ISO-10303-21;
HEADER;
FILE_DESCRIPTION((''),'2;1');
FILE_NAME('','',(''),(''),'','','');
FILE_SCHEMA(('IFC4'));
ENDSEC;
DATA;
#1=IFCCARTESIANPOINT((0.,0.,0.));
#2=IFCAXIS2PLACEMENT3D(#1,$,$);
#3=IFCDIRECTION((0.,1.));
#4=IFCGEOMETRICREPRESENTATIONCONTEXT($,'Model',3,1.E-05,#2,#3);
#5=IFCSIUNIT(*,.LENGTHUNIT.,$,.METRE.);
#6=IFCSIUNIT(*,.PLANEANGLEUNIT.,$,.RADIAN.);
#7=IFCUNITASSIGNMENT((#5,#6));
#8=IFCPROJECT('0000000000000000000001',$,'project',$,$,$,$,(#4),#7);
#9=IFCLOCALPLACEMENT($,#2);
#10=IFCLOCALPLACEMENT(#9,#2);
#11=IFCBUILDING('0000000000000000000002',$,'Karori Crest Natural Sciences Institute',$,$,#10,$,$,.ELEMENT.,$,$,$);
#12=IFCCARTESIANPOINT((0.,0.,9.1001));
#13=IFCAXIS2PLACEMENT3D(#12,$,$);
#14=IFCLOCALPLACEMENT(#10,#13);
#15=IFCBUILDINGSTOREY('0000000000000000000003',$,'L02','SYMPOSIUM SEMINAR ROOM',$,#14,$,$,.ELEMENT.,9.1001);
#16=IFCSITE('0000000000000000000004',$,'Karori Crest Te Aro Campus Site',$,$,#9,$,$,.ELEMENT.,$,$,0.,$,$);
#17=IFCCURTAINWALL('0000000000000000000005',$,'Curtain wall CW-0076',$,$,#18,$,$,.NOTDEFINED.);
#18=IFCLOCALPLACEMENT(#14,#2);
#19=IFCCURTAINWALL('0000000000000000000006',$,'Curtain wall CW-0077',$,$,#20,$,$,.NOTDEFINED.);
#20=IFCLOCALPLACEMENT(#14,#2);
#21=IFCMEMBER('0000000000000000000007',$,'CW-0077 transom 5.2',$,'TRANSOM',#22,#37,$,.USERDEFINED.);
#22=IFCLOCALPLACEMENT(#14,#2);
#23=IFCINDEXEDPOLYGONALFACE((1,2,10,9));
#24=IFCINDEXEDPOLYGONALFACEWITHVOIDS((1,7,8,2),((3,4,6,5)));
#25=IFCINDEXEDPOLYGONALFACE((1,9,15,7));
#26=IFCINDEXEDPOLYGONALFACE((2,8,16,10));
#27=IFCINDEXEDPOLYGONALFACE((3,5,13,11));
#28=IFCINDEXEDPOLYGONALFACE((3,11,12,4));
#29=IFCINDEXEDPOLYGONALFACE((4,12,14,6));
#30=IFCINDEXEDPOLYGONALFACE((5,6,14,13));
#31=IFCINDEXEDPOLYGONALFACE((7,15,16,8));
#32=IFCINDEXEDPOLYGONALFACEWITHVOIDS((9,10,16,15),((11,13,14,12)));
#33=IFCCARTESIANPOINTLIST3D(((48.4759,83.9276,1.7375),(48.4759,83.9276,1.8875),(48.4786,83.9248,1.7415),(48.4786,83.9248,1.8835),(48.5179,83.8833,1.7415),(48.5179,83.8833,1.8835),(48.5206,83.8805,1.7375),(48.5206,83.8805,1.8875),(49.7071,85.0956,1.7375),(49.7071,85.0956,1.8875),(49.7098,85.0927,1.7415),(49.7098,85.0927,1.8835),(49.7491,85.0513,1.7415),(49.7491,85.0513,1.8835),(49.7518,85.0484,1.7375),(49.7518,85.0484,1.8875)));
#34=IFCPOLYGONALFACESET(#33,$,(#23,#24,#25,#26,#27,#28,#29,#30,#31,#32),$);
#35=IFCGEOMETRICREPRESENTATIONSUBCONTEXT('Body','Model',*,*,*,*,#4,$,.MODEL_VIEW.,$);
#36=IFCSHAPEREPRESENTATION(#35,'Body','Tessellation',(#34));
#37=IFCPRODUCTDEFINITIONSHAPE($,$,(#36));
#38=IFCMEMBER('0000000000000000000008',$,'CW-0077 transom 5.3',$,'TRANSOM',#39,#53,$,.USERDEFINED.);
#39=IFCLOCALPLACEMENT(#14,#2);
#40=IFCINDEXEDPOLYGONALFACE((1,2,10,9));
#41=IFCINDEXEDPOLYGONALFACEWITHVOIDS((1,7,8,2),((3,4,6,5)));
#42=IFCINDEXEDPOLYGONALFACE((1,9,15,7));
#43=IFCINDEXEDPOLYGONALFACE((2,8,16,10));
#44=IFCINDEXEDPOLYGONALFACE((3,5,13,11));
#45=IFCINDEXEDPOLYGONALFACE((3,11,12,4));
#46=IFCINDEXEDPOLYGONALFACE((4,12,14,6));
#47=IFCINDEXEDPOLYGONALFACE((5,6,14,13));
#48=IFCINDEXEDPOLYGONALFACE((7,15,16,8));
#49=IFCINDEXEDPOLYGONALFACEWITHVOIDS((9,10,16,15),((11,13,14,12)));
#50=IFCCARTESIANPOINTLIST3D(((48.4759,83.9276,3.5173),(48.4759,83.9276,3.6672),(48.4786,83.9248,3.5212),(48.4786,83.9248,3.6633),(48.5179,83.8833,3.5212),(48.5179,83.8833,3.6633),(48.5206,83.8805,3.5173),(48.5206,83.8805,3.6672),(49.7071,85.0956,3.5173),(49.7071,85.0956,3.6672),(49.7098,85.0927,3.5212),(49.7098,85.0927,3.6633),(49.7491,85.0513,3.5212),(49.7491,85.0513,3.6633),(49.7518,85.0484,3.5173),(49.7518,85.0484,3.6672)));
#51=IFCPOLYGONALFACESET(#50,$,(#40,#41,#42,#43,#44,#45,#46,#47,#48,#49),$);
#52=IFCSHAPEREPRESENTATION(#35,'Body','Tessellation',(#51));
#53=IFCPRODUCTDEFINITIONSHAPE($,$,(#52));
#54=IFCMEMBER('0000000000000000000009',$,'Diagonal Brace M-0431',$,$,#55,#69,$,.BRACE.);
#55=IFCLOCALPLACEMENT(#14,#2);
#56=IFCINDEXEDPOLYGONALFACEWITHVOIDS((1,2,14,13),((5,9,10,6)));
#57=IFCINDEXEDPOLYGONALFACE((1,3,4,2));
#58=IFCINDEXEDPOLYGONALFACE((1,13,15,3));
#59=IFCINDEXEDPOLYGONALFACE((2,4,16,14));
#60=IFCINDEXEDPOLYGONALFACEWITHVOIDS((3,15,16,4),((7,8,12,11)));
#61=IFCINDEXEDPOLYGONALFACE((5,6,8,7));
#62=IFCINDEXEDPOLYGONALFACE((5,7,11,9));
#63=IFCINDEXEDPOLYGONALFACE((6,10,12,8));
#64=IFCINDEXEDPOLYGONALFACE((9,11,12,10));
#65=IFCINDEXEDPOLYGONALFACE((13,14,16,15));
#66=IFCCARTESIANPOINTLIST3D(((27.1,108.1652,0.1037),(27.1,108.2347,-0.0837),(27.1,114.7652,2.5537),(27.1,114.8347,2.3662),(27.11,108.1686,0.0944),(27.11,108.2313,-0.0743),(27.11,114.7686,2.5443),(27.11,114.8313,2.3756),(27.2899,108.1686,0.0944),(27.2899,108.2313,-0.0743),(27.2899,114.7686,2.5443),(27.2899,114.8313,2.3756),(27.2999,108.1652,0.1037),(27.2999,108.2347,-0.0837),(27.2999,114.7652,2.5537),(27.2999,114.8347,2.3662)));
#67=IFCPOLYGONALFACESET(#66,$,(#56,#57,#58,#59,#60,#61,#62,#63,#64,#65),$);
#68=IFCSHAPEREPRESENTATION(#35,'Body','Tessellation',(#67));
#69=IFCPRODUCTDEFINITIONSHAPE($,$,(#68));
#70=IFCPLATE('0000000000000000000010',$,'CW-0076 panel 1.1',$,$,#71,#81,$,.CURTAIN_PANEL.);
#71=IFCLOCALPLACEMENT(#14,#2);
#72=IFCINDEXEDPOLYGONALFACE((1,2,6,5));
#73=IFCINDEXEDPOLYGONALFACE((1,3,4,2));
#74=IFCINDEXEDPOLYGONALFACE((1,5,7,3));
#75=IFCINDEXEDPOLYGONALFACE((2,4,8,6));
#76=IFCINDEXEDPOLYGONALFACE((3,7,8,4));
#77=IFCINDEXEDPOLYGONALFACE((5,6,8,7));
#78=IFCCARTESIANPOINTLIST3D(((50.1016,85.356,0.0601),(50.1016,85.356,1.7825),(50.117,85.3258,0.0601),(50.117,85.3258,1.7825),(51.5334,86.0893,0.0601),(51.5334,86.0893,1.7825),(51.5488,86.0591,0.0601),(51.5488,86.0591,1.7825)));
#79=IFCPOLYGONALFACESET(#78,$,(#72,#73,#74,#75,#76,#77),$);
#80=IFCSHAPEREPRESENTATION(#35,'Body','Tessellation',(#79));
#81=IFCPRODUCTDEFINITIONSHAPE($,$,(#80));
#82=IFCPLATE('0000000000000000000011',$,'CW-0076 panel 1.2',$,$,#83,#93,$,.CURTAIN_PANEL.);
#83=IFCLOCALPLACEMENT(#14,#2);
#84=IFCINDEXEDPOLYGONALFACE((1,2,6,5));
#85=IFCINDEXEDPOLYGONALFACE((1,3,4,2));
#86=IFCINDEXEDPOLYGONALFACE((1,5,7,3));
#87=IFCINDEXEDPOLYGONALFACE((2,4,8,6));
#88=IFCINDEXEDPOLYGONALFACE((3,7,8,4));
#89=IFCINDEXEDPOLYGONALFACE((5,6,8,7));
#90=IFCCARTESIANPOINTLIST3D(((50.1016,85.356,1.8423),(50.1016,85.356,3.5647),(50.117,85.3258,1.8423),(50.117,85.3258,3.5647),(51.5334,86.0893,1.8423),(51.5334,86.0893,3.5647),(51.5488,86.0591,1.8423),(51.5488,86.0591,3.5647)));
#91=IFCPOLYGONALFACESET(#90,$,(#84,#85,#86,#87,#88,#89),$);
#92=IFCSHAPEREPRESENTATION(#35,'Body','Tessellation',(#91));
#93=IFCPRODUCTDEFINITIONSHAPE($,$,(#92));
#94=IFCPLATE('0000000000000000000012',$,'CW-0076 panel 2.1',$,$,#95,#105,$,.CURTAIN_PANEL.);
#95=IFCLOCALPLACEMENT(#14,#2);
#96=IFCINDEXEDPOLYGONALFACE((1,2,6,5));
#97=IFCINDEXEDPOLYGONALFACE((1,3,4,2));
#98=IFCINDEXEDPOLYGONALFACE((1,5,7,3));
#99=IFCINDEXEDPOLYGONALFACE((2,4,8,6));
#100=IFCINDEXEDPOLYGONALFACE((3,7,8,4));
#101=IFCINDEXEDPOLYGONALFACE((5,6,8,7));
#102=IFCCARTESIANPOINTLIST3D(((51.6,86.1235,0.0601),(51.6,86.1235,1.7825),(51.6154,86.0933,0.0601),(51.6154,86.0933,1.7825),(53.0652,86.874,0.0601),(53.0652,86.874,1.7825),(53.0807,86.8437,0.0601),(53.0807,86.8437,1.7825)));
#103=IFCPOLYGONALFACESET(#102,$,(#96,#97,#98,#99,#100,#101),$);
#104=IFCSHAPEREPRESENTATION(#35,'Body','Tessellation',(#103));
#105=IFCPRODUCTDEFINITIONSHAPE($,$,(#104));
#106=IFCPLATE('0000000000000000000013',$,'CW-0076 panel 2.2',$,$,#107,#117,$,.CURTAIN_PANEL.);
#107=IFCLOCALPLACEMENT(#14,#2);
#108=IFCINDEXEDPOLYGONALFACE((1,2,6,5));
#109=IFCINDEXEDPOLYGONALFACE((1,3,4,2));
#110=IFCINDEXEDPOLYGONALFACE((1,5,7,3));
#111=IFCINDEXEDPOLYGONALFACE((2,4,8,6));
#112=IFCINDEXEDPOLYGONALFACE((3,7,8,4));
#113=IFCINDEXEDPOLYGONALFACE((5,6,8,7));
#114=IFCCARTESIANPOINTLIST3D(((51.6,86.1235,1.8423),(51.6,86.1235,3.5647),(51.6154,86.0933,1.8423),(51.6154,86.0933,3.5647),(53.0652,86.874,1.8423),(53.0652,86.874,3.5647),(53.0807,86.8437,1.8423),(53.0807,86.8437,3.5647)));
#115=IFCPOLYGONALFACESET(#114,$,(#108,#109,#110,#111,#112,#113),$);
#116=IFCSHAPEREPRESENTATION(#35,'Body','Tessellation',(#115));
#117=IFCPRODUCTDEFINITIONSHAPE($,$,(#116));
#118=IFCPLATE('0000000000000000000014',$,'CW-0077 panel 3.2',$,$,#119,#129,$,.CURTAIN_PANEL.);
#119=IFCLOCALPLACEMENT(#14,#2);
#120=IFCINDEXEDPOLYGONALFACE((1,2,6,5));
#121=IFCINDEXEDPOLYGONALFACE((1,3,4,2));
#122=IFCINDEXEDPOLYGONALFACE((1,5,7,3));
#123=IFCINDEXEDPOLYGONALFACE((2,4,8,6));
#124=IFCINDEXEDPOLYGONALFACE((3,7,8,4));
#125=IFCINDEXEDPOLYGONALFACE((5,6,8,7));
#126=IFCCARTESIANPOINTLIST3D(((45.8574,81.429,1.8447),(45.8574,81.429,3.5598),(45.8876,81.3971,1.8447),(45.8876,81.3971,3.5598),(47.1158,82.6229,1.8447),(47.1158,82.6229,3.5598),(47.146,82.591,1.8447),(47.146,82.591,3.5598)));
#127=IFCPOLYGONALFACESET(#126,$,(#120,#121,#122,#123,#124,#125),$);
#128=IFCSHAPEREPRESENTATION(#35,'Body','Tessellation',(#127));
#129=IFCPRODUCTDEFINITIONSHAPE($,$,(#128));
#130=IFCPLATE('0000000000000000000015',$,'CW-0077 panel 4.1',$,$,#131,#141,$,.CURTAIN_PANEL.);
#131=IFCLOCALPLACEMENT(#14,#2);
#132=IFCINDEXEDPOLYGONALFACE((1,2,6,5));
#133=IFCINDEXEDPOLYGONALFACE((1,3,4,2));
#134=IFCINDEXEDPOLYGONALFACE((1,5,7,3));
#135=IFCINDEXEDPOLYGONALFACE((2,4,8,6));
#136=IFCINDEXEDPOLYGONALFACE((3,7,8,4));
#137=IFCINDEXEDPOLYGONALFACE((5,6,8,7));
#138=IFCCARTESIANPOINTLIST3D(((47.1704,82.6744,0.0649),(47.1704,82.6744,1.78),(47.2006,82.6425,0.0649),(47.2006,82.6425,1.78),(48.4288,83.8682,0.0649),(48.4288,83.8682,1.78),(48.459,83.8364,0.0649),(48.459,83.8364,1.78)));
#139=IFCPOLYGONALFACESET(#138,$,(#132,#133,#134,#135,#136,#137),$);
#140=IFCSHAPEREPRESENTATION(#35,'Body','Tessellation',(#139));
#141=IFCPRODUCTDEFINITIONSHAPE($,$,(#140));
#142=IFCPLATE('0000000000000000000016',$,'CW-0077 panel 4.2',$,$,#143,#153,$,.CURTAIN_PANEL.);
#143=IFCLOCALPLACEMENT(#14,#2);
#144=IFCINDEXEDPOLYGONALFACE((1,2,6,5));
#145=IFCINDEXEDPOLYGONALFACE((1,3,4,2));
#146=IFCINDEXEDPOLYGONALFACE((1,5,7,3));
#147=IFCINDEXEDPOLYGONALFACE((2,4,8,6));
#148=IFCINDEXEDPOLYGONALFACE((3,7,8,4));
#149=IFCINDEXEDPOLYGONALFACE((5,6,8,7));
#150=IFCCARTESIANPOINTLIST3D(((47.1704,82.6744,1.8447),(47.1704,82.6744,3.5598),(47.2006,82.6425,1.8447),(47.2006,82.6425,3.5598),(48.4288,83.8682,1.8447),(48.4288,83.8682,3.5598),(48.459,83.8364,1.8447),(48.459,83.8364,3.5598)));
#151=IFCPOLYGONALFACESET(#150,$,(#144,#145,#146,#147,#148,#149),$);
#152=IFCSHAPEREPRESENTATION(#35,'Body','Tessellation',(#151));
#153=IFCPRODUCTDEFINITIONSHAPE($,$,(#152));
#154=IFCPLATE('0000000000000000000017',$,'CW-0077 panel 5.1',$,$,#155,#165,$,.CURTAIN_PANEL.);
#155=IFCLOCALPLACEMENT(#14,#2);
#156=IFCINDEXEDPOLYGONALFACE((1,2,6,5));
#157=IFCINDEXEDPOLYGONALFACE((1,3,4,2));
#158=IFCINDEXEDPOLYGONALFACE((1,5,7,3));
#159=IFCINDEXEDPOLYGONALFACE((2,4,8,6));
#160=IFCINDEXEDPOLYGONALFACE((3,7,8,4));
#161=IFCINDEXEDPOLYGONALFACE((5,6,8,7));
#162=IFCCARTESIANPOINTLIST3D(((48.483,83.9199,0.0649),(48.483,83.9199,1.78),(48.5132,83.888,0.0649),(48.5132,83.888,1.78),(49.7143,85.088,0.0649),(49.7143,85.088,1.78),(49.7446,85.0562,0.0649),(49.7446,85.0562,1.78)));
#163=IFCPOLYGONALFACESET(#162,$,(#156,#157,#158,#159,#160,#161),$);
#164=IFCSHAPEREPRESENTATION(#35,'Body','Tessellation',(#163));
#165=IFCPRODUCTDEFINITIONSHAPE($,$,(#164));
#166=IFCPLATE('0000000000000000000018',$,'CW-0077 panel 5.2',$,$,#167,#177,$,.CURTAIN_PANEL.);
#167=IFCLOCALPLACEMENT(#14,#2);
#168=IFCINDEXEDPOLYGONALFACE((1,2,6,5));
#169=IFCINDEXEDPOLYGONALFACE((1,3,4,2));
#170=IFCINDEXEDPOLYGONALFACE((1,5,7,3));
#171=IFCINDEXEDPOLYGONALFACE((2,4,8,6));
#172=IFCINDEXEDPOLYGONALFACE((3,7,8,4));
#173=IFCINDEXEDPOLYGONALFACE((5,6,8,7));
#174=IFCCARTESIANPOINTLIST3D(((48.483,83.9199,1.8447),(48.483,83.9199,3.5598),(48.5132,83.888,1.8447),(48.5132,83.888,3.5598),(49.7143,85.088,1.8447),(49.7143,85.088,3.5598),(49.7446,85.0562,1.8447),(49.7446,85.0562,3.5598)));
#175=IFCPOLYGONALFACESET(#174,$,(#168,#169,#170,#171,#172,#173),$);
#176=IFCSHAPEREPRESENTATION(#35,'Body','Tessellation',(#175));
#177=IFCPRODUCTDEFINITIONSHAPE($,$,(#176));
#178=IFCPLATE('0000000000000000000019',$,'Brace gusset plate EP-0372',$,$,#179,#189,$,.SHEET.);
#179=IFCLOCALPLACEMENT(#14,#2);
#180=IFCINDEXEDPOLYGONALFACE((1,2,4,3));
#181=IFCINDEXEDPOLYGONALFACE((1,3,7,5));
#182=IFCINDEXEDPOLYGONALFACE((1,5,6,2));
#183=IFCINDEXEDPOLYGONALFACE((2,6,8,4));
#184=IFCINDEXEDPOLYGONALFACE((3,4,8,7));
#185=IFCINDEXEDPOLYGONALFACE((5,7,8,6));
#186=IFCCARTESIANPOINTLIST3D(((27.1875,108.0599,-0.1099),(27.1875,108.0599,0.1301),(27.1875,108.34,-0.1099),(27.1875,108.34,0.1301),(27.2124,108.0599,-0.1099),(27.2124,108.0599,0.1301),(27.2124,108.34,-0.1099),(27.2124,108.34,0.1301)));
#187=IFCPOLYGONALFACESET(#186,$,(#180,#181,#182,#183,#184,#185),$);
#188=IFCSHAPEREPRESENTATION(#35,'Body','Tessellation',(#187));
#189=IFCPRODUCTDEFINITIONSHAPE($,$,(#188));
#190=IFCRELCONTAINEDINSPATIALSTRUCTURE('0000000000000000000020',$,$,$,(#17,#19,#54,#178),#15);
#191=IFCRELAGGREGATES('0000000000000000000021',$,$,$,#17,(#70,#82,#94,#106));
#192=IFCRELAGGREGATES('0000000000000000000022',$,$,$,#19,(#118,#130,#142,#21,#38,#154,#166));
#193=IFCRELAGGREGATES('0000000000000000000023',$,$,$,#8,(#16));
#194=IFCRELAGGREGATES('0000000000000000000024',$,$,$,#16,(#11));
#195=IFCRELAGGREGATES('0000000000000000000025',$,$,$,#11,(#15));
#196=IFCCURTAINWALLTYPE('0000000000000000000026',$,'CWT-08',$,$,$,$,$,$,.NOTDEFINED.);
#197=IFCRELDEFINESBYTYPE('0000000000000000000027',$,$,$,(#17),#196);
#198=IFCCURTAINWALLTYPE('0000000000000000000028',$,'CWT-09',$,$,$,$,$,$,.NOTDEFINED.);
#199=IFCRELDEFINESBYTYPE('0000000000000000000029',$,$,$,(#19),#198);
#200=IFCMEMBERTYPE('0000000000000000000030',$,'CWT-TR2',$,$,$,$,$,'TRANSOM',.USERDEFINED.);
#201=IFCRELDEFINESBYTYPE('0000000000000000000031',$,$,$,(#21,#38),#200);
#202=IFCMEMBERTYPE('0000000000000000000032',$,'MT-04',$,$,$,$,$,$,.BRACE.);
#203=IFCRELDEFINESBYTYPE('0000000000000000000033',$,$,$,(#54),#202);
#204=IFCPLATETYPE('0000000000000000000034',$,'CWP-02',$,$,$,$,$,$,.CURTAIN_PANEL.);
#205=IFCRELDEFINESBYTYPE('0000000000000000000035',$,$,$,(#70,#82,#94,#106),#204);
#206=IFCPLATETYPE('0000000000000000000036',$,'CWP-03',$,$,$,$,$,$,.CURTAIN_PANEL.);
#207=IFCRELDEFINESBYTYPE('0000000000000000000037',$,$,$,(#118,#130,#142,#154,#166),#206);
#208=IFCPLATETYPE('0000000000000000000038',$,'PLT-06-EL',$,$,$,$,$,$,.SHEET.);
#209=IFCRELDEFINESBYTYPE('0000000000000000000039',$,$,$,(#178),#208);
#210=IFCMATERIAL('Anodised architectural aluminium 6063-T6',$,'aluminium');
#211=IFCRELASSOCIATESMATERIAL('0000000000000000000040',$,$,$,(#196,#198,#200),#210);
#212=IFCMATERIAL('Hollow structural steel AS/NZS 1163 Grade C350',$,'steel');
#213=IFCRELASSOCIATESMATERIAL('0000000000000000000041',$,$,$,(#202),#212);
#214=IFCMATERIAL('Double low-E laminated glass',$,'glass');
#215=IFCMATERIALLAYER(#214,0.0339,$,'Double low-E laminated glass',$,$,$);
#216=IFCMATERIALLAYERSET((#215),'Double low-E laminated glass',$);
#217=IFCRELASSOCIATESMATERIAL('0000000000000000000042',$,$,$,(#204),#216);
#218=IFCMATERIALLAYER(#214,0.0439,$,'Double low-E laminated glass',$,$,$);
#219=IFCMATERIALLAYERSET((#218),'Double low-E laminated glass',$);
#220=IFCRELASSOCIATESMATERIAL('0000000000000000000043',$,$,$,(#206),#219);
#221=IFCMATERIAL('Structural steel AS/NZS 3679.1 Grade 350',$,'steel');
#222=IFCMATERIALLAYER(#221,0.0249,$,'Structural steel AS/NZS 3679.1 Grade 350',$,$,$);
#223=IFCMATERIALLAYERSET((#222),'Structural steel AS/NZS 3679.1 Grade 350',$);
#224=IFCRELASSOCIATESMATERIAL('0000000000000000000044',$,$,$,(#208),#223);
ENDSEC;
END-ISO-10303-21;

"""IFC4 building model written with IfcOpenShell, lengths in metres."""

from ifc_helpers import new_model, si_unit, direction, frame, origin, origin_2d, place, context, subcontext, project, spatial, rectangle, hollow_rectangle, extrude, material, layer, layer_set, material_profile, profile_set, type_object, element, aggregate, save


model = new_model("IFC4")

# Units and contexts
model_context = context("Model", 3, precision=1e-05, world=origin(), true_north=direction((0.0, 1.0)))
body_context = subcontext(model_context, "Body", "Model", "MODEL_VIEW")
ifc_project = project(units=[si_unit("LENGTHUNIT", "METRE"), si_unit("PLANEANGLEUNIT", "RADIAN")], contexts=[model_context])

# Site, building, storey
site_placement = place(None, origin())
site = spatial("IfcSite", under=ifc_project, at=site_placement, Name="Karori Crest Te Aro Campus Site", CompositionType="ELEMENT", RefElevation=0.0)
building_placement = place(site_placement, origin())
building = spatial("IfcBuilding", under=site, at=building_placement, Name="Karori Crest Natural Sciences Institute", CompositionType="ELEMENT")
storey_placement = place(building_placement, frame((0.0, 0.0, 9.1001)))
storey = spatial("IfcBuildingStorey", under=building, at=storey_placement, Name="L02", Description="SYMPOSIUM SEMINAR ROOM", CompositionType="ELEMENT", Elevation=9.1001)

# Shared definitions
ifc_material_1 = material(Name="Hollow structural steel AS/NZS 1163 Grade C350", Category="steel")

# Curtain walls
ifc_material_2 = material(Name="Anodised architectural aluminium 6063-T6", Category="aluminium")
curtain_wall_type_1 = type_object("IfcCurtainWallType", Name="CWT-08", PredefinedType="NOTDEFINED", material=ifc_material_2)
curtain_wall_1_placement = place(storey_placement, origin())
curtain_wall_1 = element("IfcCurtainWall", 1, at=curtain_wall_1_placement, inside=storey, type_object=curtain_wall_type_1, Name="Curtain wall CW-0076", PredefinedType="NOTDEFINED")
curtain_wall_type_2 = type_object("IfcCurtainWallType", Name="CWT-09", PredefinedType="NOTDEFINED", material=ifc_material_2)
curtain_wall_2_placement = place(storey_placement, origin())
curtain_wall_2 = element("IfcCurtainWall", 2, at=curtain_wall_2_placement, inside=storey, type_object=curtain_wall_type_2, Name="Curtain wall CW-0077", PredefinedType="NOTDEFINED")

# Members
ifc_material_profile_1 = material_profile(ifc_material_2, hollow_rectangle(XDim=0.0649, YDim=0.1499, WallThickness=0.0039, at=origin_2d()), Name="CWT150x65x4")
ifc_profile_set_1 = profile_set([ifc_material_profile_1], Name="Anodised architectural aluminium 6063-T6")
member_type_1 = type_object("IfcMemberType", Name="CWT-TR2", ElementType="TRANSOM", PredefinedType="USERDEFINED", material=ifc_profile_set_1)
member_1_placement = place(storey_placement, frame((48.4983, 83.9041, 1.8125), z_axis=(0.725491, 0.688231, 0.0), x_axis=(-0.688231, 0.725491, 0.0)))
member_1 = element("IfcMember", 3, at=member_1_placement, type_object=member_type_1, Name="CW-0077 transom 5.2", ObjectType="TRANSOM", PredefinedType="USERDEFINED", context=body_context, shape_type="SweptSolid", body=[
    extrude(hollow_rectangle(XDim=0.0649, YDim=0.1499, WallThickness=0.0039, at=origin_2d()), origin(), (0.0, 0.0, 1.0), 1.697),
])
member_2_placement = place(storey_placement, frame((48.4983, 83.9041, 3.5923), z_axis=(0.725491, 0.688231, 0.0), x_axis=(-0.688231, 0.725491, 0.0)))
member_2 = element("IfcMember", 4, at=member_2_placement, type_object=member_type_1, Name="CW-0077 transom 5.3", ObjectType="TRANSOM", PredefinedType="USERDEFINED", context=body_context, shape_type="SweptSolid", body=[
    extrude(hollow_rectangle(XDim=0.0649, YDim=0.1499, WallThickness=0.0039, at=origin_2d()), origin(), (0.0, 0.0, 1.0), 1.697),
])
ifc_material_profile_2 = material_profile(ifc_material_1, hollow_rectangle(XDim=0.2, YDim=0.2, WallThickness=0.01, at=origin_2d()), Name="SHS200x200x10")
ifc_profile_set_2 = profile_set([ifc_material_profile_2], Name="Hollow structural steel AS/NZS 1163 Grade C350")
member_type_2 = type_object("IfcMemberType", Name="MT-04", PredefinedType="BRACE", material=ifc_profile_set_2)
member_3_placement = place(storey_placement, frame((27.2, 108.2, 0.01), z_axis=(0.0, 0.937495, 0.347998), x_axis=(-1.0, 0.0, 0.0)))
element("IfcMember", 5, at=member_3_placement, inside=storey, type_object=member_type_2, Name="Diagonal Brace M-0431", PredefinedType="BRACE", context=body_context, shape_type="SweptSolid", body=[
    extrude(hollow_rectangle(XDim=0.2, YDim=0.2, WallThickness=0.01, at=origin_2d()), origin(), (0.0, 0.0, 1.0), 7.04),
])

# Plates
ifc_material_3 = material(Name="Double low-E laminated glass", Category="glass")
ifc_layer_1 = layer(ifc_material_3, 0.0339, Name="Double low-E laminated glass")
ifc_layer_set_1 = layer_set([ifc_layer_1], Name="Double low-E laminated glass")
plate_type_1 = type_object("IfcPlateType", Name="CWP-02", PredefinedType="CURTAIN_PANEL", material=ifc_layer_set_1)
plate_1_placement = place(storey_placement, frame((50.8252, 85.7075, 0.0601), z_axis=(0.0, 0.0, 1.0), x_axis=(0.890065, 0.455833, 0.0)))
plate_1 = element("IfcPlate", 6, at=plate_1_placement, type_object=plate_type_1, Name="CW-0076 panel 1.1", PredefinedType="CURTAIN_PANEL", context=body_context, shape_type="SweptSolid", body=[
    extrude(rectangle(XDim=1.6086, YDim=0.0339, at=origin_2d()), origin(), (0.0, 0.0, 1.0), 1.7224),
])
plate_2_placement = place(storey_placement, frame((50.8252, 85.7075, 1.8423), z_axis=(0.0, 0.0, 1.0), x_axis=(0.890065, 0.455833, 0.0)))
plate_2 = element("IfcPlate", 7, at=plate_2_placement, type_object=plate_type_1, Name="CW-0076 panel 1.2", PredefinedType="CURTAIN_PANEL", context=body_context, shape_type="SweptSolid", body=[
    extrude(rectangle(XDim=1.6086, YDim=0.0339, at=origin_2d()), origin(), (0.0, 0.0, 1.0), 1.7224),
])
plate_3_placement = place(storey_placement, frame((52.3403, 86.4836, 0.0601), z_axis=(0.0, 0.0, 1.0), x_axis=(0.890065, 0.455833, 0.0)))
plate_3 = element("IfcPlate", 8, at=plate_3_placement, type_object=plate_type_1, Name="CW-0076 panel 2.1", PredefinedType="CURTAIN_PANEL", context=body_context, shape_type="SweptSolid", body=[
    extrude(rectangle(XDim=1.6462, YDim=0.0339, at=origin_2d()), origin(), (0.0, 0.0, 1.0), 1.7224),
])
plate_4_placement = place(storey_placement, frame((52.3403, 86.4836, 1.8423), z_axis=(0.0, 0.0, 1.0), x_axis=(0.890065, 0.455833, 0.0)))
plate_4 = element("IfcPlate", 9, at=plate_4_placement, type_object=plate_type_1, Name="CW-0076 panel 2.2", PredefinedType="CURTAIN_PANEL", context=body_context, shape_type="SweptSolid", body=[
    extrude(rectangle(XDim=1.6462, YDim=0.0339, at=origin_2d()), origin(), (0.0, 0.0, 1.0), 1.7224),
])
aggregate(curtain_wall_1, [plate_1, plate_2, plate_3, plate_4])
ifc_layer_2 = layer(ifc_material_3, 0.0439, Name="Double low-E laminated glass")
ifc_layer_set_2 = layer_set([ifc_layer_2], Name="Double low-E laminated glass")
plate_type_2 = type_object("IfcPlateType", Name="CWP-03", PredefinedType="CURTAIN_PANEL", material=ifc_layer_set_2)
plate_5_placement = place(storey_placement, frame((46.5017, 82.01, 1.8447), z_axis=(0.0, 0.0, 1.0), x_axis=(0.725473, 0.688251, 0.0)))
plate_5 = element("IfcPlate", 10, at=plate_5_placement, type_object=plate_type_2, Name="CW-0077 panel 3.2", PredefinedType="CURTAIN_PANEL", context=body_context, shape_type="SweptSolid", body=[
    extrude(rectangle(XDim=1.7346, YDim=0.0439, at=origin_2d()), origin(), (0.0, 0.0, 1.0), 1.7151),
])
plate_6_placement = place(storey_placement, frame((47.8147, 83.2554, 0.0649), z_axis=(0.0, 0.0, 1.0), x_axis=(0.725473, 0.688251, 0.0)))
plate_6 = element("IfcPlate", 11, at=plate_6_placement, type_object=plate_type_2, Name="CW-0077 panel 4.1", PredefinedType="CURTAIN_PANEL", context=body_context, shape_type="SweptSolid", body=[
    extrude(rectangle(XDim=1.7346, YDim=0.0439, at=origin_2d()), origin(), (0.0, 0.0, 1.0), 1.7151),
])
plate_7_placement = place(storey_placement, frame((47.8147, 83.2554, 1.8447), z_axis=(0.0, 0.0, 1.0), x_axis=(0.725473, 0.688251, 0.0)))
plate_7 = element("IfcPlate", 12, at=plate_7_placement, type_object=plate_type_2, Name="CW-0077 panel 4.2", PredefinedType="CURTAIN_PANEL", context=body_context, shape_type="SweptSolid", body=[
    extrude(rectangle(XDim=1.7346, YDim=0.0439, at=origin_2d()), origin(), (0.0, 0.0, 1.0), 1.7151),
])
plate_8_placement = place(storey_placement, frame((49.1138, 84.488, 0.0649), z_axis=(0.0, 0.0, 1.0), x_axis=(0.725473, 0.688251, 0.0)))
plate_8 = element("IfcPlate", 13, at=plate_8_placement, type_object=plate_type_2, Name="CW-0077 panel 5.1", PredefinedType="CURTAIN_PANEL", context=body_context, shape_type="SweptSolid", body=[
    extrude(rectangle(XDim=1.6973, YDim=0.0439, at=origin_2d()), origin(), (0.0, 0.0, 1.0), 1.7151),
])
plate_9_placement = place(storey_placement, frame((49.1138, 84.488, 1.8447), z_axis=(0.0, 0.0, 1.0), x_axis=(0.725473, 0.688251, 0.0)))
plate_9 = element("IfcPlate", 14, at=plate_9_placement, type_object=plate_type_2, Name="CW-0077 panel 5.2", PredefinedType="CURTAIN_PANEL", context=body_context, shape_type="SweptSolid", body=[
    extrude(rectangle(XDim=1.6973, YDim=0.0439, at=origin_2d()), origin(), (0.0, 0.0, 1.0), 1.7151),
])
aggregate(curtain_wall_2, [plate_5, plate_6, plate_7, member_1, member_2, plate_8, plate_9])
ifc_material_4 = material(Name="Structural steel AS/NZS 3679.1 Grade 350", Category="steel")
ifc_layer_3 = layer(ifc_material_4, 0.0249, Name="Structural steel AS/NZS 3679.1 Grade 350")
ifc_layer_set_3 = layer_set([ifc_layer_3], Name="Structural steel AS/NZS 3679.1 Grade 350")
plate_type_3 = type_object("IfcPlateType", Name="PLT-06-EL", PredefinedType="SHEET", material=ifc_layer_set_3)
plate_10_placement = place(storey_placement, frame((27.2, 108.2, -0.1099), z_axis=(0.0, 0.0, 1.0), x_axis=(0.0, 1.0, 0.0)))
element("IfcPlate", 15, at=plate_10_placement, inside=storey, type_object=plate_type_3, Name="Brace gusset plate EP-0372", PredefinedType="SHEET", context=body_context, shape_type="SweptSolid", body=[
    extrude(rectangle(XDim=0.28, YDim=0.0249, at=origin_2d()), origin(), (0.0, 0.0, 1.0), 0.24),
])

save(model, "model.ifc")
